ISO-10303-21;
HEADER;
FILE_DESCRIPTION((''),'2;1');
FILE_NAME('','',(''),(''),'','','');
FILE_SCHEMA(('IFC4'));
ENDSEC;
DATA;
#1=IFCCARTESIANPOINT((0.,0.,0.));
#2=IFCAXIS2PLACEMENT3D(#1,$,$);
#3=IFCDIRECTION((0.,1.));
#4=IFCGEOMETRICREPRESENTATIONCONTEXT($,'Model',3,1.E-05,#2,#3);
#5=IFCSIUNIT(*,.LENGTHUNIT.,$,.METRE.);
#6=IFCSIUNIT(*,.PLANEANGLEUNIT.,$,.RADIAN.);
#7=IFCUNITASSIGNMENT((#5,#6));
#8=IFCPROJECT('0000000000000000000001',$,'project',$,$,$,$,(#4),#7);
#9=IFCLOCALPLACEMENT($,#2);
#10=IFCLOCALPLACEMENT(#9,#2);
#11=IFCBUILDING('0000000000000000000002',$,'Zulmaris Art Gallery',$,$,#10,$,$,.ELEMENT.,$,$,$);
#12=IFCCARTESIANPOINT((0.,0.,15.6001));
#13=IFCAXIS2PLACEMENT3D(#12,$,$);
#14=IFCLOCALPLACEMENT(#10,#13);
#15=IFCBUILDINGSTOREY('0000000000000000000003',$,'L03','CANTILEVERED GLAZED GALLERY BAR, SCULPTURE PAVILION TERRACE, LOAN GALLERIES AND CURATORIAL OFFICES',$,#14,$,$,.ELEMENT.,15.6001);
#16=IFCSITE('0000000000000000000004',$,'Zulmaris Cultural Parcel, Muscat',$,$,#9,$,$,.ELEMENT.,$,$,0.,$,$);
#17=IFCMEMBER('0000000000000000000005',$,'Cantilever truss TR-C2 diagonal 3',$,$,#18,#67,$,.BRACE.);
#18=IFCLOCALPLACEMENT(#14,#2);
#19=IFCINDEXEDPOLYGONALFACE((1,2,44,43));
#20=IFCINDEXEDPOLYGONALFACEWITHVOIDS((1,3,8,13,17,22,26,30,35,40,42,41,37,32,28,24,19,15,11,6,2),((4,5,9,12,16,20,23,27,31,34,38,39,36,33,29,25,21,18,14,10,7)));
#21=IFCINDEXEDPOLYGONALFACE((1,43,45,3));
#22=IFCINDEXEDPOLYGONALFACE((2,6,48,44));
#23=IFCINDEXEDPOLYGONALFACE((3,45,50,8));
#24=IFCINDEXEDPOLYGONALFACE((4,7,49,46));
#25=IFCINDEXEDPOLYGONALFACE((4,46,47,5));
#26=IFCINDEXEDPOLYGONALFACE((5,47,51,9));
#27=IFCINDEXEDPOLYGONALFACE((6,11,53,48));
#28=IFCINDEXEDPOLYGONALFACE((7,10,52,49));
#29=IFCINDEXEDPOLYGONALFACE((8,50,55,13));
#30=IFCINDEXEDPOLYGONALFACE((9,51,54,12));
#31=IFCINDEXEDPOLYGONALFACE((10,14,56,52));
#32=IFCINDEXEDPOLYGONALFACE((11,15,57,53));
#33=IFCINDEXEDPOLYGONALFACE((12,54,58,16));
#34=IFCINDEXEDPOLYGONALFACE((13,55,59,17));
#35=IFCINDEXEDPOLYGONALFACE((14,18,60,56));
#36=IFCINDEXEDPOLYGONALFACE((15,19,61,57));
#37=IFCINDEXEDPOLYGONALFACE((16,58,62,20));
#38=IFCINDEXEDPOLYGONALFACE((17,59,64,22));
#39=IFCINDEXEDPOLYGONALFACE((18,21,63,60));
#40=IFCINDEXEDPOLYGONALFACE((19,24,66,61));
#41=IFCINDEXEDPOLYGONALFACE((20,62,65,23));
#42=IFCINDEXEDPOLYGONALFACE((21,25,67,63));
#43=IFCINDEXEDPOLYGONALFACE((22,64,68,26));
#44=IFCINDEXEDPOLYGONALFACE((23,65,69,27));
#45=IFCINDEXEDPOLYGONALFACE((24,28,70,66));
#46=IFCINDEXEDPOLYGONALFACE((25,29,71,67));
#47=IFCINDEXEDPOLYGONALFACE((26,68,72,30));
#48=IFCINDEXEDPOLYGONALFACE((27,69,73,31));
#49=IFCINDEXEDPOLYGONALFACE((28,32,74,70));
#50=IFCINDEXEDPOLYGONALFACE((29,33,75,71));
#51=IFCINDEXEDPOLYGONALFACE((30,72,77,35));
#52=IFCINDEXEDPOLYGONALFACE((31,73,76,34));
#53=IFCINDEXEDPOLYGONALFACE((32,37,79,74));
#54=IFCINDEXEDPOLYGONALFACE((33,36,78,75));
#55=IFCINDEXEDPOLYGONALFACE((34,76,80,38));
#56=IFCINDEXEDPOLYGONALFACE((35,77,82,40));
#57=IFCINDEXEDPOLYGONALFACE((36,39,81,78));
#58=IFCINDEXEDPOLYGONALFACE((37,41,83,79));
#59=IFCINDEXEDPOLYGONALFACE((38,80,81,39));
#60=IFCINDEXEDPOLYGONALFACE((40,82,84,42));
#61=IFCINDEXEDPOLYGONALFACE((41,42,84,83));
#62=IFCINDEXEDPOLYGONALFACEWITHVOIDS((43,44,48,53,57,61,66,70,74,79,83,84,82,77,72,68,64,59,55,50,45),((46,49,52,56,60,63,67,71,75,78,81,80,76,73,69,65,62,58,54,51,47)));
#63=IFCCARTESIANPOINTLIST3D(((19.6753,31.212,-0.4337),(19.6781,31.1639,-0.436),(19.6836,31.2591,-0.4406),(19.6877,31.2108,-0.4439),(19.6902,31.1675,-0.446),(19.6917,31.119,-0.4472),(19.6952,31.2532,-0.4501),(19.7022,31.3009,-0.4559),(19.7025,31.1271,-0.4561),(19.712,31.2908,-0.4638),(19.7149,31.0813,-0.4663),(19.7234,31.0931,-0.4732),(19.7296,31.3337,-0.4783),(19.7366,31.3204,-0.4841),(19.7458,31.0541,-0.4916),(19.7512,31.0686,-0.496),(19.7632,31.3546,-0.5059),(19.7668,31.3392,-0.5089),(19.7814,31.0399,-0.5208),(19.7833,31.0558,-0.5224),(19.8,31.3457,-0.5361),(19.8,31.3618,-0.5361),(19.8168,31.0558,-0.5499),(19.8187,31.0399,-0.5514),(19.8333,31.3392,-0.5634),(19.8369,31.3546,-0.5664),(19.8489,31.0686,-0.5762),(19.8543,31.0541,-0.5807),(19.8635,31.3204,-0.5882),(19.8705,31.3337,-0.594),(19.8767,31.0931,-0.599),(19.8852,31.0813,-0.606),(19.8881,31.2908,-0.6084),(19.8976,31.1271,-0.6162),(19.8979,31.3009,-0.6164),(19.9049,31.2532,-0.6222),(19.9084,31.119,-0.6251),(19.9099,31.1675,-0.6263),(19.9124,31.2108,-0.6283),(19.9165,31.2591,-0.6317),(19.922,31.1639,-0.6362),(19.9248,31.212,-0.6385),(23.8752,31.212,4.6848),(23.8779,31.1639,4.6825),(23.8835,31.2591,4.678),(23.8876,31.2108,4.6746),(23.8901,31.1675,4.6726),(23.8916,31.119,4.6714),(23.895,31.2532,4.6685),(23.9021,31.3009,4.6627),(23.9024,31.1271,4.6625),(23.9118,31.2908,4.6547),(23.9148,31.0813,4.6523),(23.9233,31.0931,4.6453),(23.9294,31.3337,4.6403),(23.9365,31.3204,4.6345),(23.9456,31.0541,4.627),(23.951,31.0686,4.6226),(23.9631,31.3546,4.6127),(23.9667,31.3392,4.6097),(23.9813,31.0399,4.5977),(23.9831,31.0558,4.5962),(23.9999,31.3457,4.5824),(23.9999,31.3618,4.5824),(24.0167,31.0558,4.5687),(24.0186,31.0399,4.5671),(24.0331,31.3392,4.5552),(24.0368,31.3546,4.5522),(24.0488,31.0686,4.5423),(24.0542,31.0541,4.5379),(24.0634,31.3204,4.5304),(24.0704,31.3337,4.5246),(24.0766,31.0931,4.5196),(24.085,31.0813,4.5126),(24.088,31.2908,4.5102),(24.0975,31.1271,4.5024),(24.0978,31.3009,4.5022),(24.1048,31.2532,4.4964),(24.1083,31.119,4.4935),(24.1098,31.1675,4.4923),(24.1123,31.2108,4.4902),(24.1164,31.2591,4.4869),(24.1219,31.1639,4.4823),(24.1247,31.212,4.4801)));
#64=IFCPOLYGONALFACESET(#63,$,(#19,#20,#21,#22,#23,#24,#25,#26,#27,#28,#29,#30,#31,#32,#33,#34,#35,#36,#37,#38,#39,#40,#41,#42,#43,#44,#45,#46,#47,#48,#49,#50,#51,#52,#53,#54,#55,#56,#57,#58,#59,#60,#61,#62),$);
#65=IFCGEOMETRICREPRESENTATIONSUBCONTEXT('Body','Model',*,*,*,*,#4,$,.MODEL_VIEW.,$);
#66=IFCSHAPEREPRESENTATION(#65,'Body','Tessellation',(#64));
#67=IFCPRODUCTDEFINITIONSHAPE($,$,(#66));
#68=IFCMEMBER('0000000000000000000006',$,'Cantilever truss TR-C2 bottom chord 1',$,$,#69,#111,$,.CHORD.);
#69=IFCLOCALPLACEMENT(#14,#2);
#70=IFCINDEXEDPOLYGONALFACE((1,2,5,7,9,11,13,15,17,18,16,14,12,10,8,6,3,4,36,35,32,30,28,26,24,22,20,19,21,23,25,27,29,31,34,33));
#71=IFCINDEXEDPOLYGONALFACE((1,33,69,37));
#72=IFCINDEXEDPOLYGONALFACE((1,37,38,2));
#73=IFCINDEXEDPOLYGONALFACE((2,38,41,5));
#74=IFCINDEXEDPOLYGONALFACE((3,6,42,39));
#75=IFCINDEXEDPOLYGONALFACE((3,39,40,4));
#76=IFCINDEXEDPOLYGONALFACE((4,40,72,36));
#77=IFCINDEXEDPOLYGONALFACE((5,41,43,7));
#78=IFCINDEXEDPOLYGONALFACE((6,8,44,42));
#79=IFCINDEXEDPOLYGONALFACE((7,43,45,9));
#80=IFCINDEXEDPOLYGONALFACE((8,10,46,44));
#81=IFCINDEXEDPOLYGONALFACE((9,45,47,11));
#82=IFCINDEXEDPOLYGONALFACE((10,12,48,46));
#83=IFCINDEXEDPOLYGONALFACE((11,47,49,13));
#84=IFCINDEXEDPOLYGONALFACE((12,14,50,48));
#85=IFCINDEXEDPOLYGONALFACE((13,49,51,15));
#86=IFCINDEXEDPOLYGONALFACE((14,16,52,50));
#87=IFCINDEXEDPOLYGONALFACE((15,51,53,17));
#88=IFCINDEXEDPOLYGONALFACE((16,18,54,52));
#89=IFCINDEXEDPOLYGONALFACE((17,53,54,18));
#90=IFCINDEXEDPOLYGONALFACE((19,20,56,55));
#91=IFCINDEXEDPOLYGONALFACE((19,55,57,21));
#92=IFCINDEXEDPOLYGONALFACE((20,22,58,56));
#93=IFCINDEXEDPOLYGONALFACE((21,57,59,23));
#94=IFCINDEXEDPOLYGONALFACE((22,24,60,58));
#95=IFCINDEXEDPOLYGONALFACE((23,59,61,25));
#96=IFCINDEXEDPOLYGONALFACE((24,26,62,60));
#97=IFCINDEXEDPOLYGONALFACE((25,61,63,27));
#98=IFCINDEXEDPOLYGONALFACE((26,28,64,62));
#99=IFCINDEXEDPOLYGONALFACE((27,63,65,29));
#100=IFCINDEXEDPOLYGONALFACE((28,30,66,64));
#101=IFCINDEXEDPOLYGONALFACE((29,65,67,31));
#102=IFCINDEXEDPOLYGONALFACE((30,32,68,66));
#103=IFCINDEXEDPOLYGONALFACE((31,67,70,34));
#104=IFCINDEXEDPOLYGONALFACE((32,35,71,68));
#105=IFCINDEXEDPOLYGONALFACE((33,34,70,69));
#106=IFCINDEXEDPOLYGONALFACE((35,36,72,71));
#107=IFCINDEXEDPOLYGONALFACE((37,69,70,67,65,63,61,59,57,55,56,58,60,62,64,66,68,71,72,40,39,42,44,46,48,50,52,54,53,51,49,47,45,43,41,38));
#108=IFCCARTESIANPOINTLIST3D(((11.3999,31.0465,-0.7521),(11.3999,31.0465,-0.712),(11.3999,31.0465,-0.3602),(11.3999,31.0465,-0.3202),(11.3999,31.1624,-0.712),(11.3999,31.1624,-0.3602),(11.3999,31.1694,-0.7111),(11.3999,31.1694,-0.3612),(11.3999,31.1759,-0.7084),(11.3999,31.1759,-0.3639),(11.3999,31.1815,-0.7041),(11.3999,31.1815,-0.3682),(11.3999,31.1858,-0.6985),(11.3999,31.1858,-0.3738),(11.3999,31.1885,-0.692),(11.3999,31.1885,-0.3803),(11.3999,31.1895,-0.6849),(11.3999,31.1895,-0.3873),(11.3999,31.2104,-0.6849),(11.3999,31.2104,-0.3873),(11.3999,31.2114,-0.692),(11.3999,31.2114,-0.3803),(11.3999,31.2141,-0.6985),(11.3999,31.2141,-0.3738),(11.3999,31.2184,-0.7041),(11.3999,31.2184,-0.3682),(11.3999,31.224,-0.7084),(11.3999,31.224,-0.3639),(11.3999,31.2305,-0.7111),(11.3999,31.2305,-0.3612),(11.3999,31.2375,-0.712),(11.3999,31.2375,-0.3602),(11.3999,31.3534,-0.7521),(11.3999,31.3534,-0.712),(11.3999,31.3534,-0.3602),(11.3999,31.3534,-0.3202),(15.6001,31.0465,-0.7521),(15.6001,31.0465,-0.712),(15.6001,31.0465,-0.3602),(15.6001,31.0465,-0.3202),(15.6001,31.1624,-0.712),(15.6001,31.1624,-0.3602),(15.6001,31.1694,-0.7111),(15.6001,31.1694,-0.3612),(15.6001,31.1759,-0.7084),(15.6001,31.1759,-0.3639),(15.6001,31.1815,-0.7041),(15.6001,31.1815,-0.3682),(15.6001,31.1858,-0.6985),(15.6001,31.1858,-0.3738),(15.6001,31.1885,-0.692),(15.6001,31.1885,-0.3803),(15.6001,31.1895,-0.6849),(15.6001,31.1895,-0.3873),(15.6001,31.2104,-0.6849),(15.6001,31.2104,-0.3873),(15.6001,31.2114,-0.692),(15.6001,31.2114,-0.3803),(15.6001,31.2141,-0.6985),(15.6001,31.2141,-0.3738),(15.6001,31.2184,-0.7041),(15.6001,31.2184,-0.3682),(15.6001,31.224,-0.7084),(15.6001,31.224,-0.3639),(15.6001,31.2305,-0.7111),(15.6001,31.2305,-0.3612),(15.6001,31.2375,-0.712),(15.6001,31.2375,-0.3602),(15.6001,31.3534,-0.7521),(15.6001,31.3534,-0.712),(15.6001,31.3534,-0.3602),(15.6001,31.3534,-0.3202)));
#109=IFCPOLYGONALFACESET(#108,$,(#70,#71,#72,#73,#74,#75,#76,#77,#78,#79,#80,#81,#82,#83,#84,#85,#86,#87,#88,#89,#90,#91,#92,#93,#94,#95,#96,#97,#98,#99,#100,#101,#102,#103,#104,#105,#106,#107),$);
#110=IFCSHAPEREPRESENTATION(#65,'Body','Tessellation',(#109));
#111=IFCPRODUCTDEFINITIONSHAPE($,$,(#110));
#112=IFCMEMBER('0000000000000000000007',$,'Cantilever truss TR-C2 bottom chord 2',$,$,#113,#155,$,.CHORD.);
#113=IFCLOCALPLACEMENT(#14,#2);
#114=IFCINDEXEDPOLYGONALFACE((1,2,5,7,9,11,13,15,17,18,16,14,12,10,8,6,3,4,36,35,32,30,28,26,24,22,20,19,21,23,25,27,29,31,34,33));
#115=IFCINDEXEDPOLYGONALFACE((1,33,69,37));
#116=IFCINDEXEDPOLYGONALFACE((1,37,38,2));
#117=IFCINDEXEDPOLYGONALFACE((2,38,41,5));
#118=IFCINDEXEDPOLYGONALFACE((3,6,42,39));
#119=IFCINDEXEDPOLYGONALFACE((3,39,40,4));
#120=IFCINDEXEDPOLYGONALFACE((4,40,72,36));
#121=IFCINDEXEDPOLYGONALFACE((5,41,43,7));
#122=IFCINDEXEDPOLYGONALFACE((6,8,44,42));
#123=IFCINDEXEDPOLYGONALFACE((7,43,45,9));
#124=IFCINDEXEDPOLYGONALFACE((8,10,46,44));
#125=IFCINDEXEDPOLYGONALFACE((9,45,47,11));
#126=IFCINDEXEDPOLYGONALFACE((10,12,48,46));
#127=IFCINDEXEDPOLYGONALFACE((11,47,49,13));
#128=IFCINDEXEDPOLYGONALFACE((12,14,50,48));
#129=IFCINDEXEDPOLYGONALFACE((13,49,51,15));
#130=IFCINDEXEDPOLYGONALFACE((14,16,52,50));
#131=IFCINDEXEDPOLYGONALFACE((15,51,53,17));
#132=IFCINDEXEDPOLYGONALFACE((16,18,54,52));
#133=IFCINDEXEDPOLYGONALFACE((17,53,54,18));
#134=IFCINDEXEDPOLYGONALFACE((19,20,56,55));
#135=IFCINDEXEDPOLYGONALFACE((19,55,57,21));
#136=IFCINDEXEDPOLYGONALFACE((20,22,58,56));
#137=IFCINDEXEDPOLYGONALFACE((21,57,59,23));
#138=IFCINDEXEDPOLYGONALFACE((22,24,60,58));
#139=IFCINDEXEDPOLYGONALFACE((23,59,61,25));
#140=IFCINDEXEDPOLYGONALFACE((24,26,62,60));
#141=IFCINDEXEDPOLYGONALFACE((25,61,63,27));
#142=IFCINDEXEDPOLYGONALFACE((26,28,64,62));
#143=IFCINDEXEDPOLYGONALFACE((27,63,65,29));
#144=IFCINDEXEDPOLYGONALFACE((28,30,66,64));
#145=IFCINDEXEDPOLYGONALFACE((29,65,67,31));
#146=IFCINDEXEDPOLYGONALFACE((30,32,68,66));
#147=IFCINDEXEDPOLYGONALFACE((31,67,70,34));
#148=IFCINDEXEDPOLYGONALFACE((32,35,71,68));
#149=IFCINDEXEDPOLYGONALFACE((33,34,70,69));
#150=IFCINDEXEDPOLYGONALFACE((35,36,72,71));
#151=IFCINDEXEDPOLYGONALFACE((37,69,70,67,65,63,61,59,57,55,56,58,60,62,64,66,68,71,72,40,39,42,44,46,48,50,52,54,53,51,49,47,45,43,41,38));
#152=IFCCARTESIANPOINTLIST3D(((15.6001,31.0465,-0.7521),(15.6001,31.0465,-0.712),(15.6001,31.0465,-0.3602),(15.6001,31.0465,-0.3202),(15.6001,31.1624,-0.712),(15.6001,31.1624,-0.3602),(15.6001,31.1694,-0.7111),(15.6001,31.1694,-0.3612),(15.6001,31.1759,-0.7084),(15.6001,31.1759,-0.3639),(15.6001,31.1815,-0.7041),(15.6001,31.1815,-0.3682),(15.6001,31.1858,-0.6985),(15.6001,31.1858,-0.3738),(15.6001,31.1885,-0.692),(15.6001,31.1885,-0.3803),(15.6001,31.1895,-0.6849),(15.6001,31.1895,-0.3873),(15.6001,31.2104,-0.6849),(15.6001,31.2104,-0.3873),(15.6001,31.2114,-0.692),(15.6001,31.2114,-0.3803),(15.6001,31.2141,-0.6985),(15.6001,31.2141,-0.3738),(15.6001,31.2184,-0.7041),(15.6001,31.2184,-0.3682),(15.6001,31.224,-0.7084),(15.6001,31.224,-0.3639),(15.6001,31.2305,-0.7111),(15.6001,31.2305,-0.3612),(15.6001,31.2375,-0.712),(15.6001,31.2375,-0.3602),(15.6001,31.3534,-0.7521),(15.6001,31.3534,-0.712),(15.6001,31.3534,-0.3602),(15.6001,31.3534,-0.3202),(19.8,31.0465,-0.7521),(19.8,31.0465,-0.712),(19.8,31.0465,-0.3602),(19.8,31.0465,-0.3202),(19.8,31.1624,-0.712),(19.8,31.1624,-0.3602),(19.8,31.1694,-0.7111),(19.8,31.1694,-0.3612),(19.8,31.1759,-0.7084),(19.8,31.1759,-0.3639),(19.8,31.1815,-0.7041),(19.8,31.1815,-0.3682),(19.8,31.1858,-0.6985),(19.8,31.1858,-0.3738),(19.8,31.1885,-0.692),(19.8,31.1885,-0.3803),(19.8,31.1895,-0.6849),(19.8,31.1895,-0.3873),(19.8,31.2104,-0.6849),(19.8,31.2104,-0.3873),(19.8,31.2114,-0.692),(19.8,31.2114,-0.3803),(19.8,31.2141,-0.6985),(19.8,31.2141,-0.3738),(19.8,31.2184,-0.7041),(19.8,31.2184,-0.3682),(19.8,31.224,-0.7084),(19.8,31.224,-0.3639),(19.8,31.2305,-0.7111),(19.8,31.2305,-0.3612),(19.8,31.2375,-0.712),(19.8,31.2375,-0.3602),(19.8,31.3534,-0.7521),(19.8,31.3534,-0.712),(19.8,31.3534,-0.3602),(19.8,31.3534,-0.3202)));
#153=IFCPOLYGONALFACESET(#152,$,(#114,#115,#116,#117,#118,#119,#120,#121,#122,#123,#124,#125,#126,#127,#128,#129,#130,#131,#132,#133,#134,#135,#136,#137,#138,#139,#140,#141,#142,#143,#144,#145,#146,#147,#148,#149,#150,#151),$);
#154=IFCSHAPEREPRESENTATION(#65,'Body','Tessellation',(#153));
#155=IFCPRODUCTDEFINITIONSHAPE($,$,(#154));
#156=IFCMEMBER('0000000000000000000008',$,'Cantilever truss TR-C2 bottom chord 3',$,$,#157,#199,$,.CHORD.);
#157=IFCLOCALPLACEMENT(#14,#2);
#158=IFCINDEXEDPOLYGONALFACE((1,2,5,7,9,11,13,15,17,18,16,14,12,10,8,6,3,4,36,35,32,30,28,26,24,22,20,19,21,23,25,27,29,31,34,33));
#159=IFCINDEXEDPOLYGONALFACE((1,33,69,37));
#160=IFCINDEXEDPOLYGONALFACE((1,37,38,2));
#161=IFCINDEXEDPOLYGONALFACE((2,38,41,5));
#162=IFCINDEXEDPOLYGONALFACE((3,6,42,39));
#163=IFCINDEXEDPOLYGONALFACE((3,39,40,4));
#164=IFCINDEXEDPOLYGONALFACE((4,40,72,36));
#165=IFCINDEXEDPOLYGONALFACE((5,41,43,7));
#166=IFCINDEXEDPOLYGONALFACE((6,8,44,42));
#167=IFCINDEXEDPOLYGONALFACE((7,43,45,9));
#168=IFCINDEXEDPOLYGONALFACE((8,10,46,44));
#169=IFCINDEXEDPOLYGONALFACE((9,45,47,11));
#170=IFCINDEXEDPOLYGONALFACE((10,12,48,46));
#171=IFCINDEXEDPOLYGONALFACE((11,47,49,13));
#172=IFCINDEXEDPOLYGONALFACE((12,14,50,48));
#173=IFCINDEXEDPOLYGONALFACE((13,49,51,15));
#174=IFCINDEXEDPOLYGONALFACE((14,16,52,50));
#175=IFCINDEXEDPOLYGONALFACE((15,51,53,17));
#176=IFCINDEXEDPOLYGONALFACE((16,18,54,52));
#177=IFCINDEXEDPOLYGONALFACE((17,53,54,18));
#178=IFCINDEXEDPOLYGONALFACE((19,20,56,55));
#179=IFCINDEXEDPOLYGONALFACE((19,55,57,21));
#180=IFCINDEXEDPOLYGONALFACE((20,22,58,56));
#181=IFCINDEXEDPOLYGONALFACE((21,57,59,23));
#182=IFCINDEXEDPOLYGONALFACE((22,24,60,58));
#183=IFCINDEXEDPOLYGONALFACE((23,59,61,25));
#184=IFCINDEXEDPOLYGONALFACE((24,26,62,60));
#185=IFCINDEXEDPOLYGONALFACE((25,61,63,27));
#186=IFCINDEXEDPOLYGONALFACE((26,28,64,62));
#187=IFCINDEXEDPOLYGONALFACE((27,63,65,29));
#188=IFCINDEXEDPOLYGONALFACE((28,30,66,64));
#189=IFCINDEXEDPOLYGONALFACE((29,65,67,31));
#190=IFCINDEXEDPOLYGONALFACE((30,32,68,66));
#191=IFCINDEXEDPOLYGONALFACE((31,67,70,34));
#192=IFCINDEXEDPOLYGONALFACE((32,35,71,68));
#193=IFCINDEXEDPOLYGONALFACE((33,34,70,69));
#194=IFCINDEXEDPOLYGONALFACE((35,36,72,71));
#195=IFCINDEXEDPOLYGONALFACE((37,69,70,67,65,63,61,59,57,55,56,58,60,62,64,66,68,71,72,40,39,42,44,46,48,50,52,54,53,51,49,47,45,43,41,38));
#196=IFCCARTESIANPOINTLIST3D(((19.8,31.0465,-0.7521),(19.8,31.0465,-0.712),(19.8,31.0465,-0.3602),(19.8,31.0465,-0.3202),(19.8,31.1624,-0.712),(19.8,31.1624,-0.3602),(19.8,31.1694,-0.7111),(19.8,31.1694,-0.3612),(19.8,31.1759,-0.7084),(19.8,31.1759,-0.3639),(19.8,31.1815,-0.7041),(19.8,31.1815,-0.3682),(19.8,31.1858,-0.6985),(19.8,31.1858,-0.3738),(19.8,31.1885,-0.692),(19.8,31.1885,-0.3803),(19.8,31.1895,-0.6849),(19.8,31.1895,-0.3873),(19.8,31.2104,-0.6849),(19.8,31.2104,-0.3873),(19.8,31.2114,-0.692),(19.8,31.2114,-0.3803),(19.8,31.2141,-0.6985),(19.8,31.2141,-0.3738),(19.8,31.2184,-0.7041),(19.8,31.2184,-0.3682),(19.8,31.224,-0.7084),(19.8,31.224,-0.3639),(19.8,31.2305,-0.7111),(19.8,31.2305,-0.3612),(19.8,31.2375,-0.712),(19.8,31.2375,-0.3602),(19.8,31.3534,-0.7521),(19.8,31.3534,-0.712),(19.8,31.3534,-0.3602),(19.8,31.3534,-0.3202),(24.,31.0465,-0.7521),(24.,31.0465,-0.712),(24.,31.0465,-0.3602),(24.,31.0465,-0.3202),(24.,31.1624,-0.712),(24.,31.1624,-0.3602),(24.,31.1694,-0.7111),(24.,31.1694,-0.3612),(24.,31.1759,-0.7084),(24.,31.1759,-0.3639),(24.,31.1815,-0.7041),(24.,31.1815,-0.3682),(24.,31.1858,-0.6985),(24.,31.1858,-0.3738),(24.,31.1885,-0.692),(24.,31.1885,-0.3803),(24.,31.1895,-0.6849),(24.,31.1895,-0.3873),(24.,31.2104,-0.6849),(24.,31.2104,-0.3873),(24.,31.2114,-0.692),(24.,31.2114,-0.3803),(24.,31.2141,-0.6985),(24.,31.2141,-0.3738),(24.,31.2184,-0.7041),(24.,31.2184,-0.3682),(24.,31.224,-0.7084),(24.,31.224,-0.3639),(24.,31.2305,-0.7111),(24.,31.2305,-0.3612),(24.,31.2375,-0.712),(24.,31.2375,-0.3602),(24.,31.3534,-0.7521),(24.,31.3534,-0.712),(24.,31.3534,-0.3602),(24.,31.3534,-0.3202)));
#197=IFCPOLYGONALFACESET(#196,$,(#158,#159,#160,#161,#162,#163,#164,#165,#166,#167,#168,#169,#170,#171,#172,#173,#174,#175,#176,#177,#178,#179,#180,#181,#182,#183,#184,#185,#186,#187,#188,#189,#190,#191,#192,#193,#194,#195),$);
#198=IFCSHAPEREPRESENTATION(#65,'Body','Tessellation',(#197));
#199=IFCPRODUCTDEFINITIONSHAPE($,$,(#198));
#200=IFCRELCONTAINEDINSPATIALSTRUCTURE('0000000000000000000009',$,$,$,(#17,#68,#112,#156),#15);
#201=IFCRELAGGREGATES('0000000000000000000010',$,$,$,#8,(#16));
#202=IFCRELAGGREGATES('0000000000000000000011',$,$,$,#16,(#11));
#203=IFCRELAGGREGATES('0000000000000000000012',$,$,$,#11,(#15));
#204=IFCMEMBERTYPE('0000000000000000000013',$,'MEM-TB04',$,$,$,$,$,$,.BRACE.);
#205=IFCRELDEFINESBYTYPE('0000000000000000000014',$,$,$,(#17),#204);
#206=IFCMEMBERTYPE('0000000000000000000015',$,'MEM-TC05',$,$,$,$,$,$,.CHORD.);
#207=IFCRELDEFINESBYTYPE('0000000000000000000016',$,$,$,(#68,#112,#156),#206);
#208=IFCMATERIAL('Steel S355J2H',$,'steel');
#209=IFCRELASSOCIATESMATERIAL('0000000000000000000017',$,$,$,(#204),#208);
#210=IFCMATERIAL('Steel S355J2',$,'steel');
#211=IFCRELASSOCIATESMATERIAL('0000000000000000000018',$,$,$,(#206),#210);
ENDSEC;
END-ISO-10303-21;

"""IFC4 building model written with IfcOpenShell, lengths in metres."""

from ifc_helpers import new_model, si_unit, direction, frame, origin, origin_2d, place, context, subcontext, project, spatial, hollow_circle, i_section, extrude, material, material_profile, profile_set, type_object, element, save


model = new_model("IFC4")

# Units and contexts
model_context = context("Model", 3, precision=1e-05, world=origin(), true_north=direction((0.0, 1.0)))
body_context = subcontext(model_context, "Body", "Model", "MODEL_VIEW")
ifc_project = project(units=[si_unit("LENGTHUNIT", "METRE"), si_unit("PLANEANGLEUNIT", "RADIAN")], contexts=[model_context])

# Site, building, storey
site_placement = place(None, origin())
site = spatial("IfcSite", under=ifc_project, at=site_placement, Name="Zulmaris Cultural Parcel, Muscat", CompositionType="ELEMENT", RefElevation=0.0)
building_placement = place(site_placement, origin())
building = spatial("IfcBuilding", under=site, at=building_placement, Name="Zulmaris Art Gallery", CompositionType="ELEMENT")
storey_placement = place(building_placement, frame((0.0, 0.0, 15.6001)))
storey = spatial("IfcBuildingStorey", under=building, at=storey_placement, Name="L03", Description="CANTILEVERED GLAZED GALLERY BAR, SCULPTURE PAVILION TERRACE, LOAN GALLERIES AND CURATORIAL OFFICES", CompositionType="ELEMENT", Elevation=15.6001)

# Shared definitions
ifc_material_1 = material(Name="Steel S355J2", Category="steel")

# Members
ifc_material_2 = material(Name="Steel S355J2H", Category="steel")
ifc_material_profile_1 = material_profile(ifc_material_2, hollow_circle(Radius=0.1619, WallThickness=0.0161, at=origin_2d()), Name="CHS 323.9x16")
ifc_profile_set_1 = profile_set([ifc_material_profile_1], Name="Steel S355J2H")
member_type_1 = type_object("IfcMemberType", Name="MEM-TB04", PredefinedType="BRACE", material=ifc_profile_set_1)
for number, where, z_axis, x_axis, name in (
    (1, (19.8, 31.2, -0.5361), (0.634319, 0.0, 0.773071), (0.0, 1.0, 0.0), "Cantilever truss TR-C2 diagonal 3"),
):
    element("IfcMember", number, at=place(storey_placement, frame(where, z_axis=z_axis, x_axis=x_axis)), inside=storey, type_object=member_type_1, Name=name, PredefinedType="BRACE", context=body_context, shape_type="SweptSolid", body=[
        extrude(hollow_circle(Radius=0.1619, WallThickness=0.0161, at=origin_2d()), origin(), (0.0, 0.0, 1.0), 6.6211),
    ])
ifc_material_profile_2 = material_profile(ifc_material_1, i_section(OverallWidth=0.3069, OverallDepth=0.4319, WebThickness=0.021, FlangeThickness=0.04, FilletRadius=0.0271, at=origin_2d()), Name="HEM 400")
ifc_profile_set_2 = profile_set([ifc_material_profile_2], Name="Steel S355J2")
member_type_2 = type_object("IfcMemberType", Name="MEM-TC05", PredefinedType="CHORD", material=ifc_profile_set_2)
member_1_placement = place(storey_placement, frame((11.3999, 31.2, -0.5361), z_axis=(1.0, 0.0, 0.0), x_axis=(0.0, 1.0, 0.0)))
element("IfcMember", 2, at=member_1_placement, inside=storey, type_object=member_type_2, Name="Cantilever truss TR-C2 bottom chord 1", PredefinedType="CHORD", context=body_context, shape_type="SweptSolid", body=[
    extrude(i_section(OverallWidth=0.3069, OverallDepth=0.4319, WebThickness=0.021, FlangeThickness=0.04, FilletRadius=0.0271, at=origin_2d()), origin(), (0.0, 0.0, 1.0), 4.2002),
])
for number, where, z_axis, x_axis, name in (
    (3, (15.6001, 31.2, -0.5361), (1.0, 0.0, 0.0), (0.0, 1.0, 0.0), "Cantilever truss TR-C2 bottom chord 2"),
    (4, (19.8, 31.2, -0.5361), (1.0, 0.0, 0.0), (0.0, 1.0, 0.0), "Cantilever truss TR-C2 bottom chord 3"),
):
    element("IfcMember", number, at=place(storey_placement, frame(where, z_axis=z_axis, x_axis=x_axis)), inside=storey, type_object=member_type_2, Name=name, PredefinedType="CHORD", context=body_context, shape_type="SweptSolid", body=[
        extrude(i_section(OverallWidth=0.3069, OverallDepth=0.4319, WebThickness=0.021, FlangeThickness=0.04, FilletRadius=0.0271, at=origin_2d()), origin(), (0.0, 0.0, 1.0), 4.2),
    ])

save(model, "model.ifc")
